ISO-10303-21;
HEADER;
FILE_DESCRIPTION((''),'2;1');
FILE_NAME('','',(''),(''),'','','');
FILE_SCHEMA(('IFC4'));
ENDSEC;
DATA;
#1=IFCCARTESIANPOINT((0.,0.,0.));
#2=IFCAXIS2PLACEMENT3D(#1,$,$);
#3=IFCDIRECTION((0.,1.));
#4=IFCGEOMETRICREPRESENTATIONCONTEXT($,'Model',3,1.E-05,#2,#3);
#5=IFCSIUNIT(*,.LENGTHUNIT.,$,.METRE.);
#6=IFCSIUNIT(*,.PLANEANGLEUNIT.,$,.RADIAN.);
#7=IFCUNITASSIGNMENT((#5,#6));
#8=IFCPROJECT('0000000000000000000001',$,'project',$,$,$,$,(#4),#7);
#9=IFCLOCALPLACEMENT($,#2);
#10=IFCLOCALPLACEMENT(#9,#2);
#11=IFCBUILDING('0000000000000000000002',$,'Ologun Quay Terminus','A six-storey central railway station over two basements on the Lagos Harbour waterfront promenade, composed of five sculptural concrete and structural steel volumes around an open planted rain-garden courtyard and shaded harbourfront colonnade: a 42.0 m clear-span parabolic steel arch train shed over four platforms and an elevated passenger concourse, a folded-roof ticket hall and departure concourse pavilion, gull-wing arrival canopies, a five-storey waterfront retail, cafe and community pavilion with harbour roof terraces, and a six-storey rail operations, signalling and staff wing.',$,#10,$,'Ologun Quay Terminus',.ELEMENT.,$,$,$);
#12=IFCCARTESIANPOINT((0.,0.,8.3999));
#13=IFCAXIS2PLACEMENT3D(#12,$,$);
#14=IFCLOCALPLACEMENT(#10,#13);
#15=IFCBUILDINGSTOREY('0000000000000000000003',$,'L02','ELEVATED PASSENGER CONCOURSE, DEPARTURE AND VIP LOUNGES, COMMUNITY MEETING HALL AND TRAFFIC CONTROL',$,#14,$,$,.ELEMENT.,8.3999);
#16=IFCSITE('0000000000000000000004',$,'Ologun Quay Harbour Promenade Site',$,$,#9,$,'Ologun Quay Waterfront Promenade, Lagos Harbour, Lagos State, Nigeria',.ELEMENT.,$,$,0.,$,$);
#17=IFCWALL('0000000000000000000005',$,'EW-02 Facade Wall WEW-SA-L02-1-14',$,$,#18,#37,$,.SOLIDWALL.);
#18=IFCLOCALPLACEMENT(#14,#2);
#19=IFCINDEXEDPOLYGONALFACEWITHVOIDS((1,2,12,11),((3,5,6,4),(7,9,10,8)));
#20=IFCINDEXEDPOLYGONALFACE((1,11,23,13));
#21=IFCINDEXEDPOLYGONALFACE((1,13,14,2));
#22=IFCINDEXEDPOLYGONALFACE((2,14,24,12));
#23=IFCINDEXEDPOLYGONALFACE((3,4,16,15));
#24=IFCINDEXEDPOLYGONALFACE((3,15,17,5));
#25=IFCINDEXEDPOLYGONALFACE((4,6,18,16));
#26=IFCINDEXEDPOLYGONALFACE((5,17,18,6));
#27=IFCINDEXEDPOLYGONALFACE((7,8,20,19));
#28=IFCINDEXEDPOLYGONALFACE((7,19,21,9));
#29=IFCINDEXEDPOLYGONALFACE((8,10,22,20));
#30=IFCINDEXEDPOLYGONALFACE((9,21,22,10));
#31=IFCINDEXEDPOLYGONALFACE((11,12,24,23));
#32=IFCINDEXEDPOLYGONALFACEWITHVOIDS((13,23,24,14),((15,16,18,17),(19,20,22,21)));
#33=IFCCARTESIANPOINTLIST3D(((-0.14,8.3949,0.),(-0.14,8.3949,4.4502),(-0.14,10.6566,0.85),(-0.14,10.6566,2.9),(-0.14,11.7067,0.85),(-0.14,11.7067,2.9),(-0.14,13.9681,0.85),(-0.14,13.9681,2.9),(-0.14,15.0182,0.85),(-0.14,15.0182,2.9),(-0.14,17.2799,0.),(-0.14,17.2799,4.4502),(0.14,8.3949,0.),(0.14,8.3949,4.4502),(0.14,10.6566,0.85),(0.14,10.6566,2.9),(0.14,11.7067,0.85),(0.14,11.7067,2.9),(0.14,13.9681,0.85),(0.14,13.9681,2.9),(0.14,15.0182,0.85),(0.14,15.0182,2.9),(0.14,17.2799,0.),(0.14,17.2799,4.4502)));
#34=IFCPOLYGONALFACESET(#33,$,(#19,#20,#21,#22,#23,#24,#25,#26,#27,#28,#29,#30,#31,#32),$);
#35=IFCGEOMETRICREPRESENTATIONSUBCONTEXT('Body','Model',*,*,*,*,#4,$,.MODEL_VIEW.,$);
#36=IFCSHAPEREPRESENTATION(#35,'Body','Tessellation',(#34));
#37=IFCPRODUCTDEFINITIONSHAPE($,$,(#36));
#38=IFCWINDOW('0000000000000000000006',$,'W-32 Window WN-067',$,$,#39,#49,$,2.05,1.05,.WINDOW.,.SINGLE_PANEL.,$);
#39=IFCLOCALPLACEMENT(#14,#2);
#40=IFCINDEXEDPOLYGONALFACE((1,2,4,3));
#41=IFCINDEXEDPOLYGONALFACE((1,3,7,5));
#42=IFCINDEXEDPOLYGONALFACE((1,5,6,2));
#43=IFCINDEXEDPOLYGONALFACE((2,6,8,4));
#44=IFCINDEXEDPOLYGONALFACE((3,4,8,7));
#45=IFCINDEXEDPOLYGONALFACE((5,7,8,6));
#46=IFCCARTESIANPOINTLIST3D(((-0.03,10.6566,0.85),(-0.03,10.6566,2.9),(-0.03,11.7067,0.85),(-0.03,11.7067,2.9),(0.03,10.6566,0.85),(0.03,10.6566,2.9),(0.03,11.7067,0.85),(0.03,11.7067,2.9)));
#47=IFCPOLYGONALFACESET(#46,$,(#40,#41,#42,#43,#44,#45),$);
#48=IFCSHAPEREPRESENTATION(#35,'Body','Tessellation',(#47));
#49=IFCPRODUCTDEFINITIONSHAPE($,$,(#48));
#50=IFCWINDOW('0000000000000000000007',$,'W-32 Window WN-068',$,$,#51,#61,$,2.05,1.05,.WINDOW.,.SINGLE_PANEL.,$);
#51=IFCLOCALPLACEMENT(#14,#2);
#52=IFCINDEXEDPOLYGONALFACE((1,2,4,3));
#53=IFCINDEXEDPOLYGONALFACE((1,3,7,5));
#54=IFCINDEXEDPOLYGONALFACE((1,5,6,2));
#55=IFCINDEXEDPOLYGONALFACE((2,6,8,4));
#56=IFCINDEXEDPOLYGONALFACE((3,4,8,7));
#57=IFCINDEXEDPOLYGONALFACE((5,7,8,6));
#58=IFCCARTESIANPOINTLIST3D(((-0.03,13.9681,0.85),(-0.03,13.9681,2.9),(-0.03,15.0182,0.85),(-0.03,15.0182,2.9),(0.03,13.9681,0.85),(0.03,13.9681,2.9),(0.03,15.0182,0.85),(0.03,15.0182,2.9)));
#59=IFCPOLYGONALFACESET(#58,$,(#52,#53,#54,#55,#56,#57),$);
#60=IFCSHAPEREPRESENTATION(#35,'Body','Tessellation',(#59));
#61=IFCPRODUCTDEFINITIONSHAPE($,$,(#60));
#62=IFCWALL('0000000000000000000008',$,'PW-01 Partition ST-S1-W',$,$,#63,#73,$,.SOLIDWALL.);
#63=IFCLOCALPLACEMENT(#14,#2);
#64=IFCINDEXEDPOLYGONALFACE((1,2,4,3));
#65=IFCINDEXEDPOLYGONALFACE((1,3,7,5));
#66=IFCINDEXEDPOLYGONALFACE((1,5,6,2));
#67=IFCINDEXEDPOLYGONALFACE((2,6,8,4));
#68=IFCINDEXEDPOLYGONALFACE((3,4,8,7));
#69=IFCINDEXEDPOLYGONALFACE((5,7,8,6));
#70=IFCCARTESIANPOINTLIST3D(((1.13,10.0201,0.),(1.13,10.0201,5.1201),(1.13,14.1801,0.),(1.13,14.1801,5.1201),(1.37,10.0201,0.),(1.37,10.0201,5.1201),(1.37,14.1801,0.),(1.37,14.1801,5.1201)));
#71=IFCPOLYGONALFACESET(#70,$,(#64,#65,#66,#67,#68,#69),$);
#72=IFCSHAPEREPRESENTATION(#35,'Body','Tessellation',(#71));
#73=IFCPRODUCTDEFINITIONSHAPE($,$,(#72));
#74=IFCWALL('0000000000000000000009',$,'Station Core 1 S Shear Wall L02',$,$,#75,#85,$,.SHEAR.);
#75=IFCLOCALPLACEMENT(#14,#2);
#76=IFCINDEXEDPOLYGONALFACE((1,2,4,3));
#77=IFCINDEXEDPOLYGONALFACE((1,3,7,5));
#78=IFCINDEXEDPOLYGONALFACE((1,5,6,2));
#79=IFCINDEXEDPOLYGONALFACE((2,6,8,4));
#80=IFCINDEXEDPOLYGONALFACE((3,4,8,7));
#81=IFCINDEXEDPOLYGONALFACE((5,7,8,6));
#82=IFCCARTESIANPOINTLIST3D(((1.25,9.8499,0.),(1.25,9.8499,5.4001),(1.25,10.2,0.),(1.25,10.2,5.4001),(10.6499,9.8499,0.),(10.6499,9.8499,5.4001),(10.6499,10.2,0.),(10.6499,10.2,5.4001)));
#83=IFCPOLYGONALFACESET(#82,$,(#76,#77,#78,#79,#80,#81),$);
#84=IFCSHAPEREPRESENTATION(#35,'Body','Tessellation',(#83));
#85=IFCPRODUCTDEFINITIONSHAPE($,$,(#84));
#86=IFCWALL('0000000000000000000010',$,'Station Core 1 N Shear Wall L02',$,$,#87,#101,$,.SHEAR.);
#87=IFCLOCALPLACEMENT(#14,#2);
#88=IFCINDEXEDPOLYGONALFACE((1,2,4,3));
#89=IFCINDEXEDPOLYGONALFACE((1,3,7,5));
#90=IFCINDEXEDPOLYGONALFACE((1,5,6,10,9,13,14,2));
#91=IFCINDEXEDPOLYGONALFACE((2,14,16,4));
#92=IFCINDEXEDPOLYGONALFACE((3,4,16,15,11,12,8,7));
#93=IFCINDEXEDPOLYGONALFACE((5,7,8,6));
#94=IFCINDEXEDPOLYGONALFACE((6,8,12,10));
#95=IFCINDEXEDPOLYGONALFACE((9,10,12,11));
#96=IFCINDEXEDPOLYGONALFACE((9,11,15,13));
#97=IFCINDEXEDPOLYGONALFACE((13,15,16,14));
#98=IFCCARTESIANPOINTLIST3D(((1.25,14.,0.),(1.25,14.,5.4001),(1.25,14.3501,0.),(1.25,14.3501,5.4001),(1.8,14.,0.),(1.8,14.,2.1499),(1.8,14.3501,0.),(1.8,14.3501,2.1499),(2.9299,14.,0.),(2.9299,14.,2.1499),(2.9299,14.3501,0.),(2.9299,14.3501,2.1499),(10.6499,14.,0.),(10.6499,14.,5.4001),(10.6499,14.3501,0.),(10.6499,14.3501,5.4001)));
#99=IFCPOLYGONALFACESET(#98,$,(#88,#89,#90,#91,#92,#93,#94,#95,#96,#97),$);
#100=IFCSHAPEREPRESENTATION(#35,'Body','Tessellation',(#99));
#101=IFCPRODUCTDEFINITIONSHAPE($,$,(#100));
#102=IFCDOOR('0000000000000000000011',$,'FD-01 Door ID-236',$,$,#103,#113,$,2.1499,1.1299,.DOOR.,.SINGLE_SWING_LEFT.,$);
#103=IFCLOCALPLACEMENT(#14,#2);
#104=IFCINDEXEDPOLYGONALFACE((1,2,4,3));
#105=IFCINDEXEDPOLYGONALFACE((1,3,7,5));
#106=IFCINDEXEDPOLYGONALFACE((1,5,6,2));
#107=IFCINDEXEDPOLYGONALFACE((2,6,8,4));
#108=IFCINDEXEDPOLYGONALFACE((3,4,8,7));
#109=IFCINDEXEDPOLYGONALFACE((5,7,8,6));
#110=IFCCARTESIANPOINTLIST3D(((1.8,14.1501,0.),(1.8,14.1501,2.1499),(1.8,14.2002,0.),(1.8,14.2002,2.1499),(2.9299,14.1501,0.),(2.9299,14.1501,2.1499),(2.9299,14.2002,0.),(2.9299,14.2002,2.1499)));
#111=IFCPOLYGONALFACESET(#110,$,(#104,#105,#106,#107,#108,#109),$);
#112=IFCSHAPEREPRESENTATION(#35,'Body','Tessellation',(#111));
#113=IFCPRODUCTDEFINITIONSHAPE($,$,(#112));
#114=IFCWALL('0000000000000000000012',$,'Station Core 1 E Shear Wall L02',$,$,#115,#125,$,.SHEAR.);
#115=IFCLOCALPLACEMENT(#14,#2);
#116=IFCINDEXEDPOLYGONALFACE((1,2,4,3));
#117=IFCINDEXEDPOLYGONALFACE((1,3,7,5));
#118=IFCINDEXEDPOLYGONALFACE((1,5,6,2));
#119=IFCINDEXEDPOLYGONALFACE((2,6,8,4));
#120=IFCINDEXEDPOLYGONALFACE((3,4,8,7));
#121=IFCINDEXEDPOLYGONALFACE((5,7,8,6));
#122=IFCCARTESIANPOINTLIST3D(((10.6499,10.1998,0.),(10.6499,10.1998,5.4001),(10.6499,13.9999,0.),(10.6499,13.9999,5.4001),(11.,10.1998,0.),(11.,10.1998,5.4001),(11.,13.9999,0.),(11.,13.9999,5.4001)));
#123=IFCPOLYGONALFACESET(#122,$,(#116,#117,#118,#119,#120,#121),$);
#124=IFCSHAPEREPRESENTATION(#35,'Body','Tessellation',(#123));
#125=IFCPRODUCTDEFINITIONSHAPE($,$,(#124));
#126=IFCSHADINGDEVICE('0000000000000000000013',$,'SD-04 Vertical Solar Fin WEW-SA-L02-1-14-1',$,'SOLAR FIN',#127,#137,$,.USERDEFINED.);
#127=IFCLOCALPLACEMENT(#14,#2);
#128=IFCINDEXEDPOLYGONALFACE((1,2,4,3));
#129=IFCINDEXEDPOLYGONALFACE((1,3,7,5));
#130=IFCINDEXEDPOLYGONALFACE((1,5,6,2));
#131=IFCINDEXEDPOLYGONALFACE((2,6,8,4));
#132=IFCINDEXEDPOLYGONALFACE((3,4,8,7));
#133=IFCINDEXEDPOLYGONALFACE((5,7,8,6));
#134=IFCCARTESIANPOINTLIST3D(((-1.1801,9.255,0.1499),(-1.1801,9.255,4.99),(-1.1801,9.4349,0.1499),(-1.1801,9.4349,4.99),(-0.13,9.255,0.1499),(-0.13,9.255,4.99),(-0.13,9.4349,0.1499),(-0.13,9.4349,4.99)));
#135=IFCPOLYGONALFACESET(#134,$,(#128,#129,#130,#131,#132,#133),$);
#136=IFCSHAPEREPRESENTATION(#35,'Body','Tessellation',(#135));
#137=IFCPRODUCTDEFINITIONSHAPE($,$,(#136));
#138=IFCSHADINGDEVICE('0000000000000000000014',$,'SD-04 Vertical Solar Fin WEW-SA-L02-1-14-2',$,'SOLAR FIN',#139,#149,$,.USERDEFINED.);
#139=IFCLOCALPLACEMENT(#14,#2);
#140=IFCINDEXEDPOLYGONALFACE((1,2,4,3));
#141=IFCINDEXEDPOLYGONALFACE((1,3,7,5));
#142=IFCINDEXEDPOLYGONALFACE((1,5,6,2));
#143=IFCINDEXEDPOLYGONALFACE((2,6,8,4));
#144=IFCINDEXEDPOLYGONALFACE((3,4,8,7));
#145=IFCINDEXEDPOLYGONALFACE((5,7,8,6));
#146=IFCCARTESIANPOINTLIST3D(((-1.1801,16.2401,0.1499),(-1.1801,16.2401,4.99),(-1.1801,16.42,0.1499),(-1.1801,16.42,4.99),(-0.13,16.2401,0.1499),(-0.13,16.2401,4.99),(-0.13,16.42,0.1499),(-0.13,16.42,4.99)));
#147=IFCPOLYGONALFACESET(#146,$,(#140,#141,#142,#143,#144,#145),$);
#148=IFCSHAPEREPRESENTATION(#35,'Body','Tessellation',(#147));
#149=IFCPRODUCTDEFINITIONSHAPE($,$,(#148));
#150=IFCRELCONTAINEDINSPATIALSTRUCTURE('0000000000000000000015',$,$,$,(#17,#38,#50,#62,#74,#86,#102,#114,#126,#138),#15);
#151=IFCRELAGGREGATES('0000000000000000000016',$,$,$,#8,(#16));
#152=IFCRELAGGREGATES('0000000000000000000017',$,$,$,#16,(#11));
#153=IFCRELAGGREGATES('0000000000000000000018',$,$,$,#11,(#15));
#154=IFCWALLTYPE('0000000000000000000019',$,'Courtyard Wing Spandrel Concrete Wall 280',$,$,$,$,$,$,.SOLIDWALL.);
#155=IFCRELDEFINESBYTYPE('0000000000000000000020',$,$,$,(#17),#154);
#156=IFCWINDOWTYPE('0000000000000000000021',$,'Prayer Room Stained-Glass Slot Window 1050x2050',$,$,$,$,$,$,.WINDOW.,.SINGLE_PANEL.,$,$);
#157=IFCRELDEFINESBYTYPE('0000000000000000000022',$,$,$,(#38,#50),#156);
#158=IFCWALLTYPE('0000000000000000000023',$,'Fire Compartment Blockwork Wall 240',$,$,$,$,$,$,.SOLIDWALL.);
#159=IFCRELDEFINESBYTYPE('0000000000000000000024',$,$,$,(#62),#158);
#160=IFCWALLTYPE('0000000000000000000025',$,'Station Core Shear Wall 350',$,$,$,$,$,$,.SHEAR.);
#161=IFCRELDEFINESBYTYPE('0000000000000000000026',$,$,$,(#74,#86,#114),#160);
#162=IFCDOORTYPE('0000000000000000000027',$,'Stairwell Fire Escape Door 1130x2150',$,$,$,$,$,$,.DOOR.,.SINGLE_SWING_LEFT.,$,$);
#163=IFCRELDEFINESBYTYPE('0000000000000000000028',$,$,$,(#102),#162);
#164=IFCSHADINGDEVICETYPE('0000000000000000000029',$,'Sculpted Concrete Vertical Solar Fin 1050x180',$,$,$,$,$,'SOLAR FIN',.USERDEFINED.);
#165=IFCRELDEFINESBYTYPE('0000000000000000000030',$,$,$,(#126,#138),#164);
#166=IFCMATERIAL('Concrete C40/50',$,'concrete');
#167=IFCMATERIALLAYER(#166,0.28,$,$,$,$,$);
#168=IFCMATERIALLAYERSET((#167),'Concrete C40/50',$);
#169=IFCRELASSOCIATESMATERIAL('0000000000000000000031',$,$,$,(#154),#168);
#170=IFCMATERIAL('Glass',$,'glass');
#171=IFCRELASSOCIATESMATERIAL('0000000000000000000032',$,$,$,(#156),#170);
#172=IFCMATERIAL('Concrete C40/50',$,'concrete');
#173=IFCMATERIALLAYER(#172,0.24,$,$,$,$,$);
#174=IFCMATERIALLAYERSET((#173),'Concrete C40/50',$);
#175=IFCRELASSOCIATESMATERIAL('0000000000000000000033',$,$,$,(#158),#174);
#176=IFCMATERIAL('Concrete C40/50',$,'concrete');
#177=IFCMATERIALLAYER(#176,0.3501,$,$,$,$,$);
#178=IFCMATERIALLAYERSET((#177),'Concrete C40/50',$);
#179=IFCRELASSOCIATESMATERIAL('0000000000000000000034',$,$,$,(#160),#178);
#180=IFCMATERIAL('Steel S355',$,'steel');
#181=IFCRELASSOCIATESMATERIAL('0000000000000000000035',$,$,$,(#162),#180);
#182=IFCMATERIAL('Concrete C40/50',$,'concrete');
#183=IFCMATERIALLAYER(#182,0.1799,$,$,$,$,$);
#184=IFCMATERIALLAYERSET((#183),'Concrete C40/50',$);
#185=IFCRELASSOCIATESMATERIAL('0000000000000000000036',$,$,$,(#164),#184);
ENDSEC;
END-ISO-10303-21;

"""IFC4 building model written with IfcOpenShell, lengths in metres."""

from ifc_helpers import new_model, si_unit, direction, frame, frame_2d, origin, origin_2d, place, context, subcontext, project, spatial, rectangle, extrude, material, layer, layer_set, type_object, element, fill, save


model = new_model("IFC4")

# Units and contexts
model_context = context("Model", 3, precision=1e-05, world=origin(), true_north=direction((0.0, 1.0)))
body_context = subcontext(model_context, "Body", "Model", "MODEL_VIEW")
ifc_project = project(units=[si_unit("LENGTHUNIT", "METRE"), si_unit("PLANEANGLEUNIT", "RADIAN")], contexts=[model_context])

# Site, building, storey
site_placement = place(None, origin())
site = spatial("IfcSite", under=ifc_project, at=site_placement, Name="Ologun Quay Harbour Promenade Site", LongName="Ologun Quay Waterfront Promenade, Lagos Harbour, Lagos State, Nigeria", CompositionType="ELEMENT", RefElevation=0.0)
building_placement = place(site_placement, origin())
building = spatial("IfcBuilding", under=site, at=building_placement, Name="Ologun Quay Terminus", Description="A six-storey central railway station over two basements on the Lagos Harbour waterfront promenade, composed of five sculptural concrete and structural steel volumes around an open planted rain-garden courtyard and shaded harbourfront colonnade: a 42.0 m clear-span parabolic steel arch train shed over four platforms and an elevated passenger concourse, a folded-roof ticket hall and departure concourse pavilion, gull-wing arrival canopies, a five-storey waterfront retail, cafe and community pavilion with harbour roof terraces, and a six-storey rail operations, signalling and staff wing.", LongName="Ologun Quay Terminus", CompositionType="ELEMENT")
storey_placement = place(building_placement, frame((0.0, 0.0, 8.3999)))
storey = spatial("IfcBuildingStorey", under=building, at=storey_placement, Name="L02", Description="ELEVATED PASSENGER CONCOURSE, DEPARTURE AND VIP LOUNGES, COMMUNITY MEETING HALL AND TRAFFIC CONTROL", CompositionType="ELEMENT", Elevation=8.3999)

# Wall, openings, windows
ifc_material_1 = material(Name="Concrete C40/50", Category="concrete")
ifc_layer_1 = layer(ifc_material_1, 0.28)
ifc_layer_set_1 = layer_set([ifc_layer_1], Name="Concrete C40/50")
wall_type_1 = type_object("IfcWallType", Name="Courtyard Wing Spandrel Concrete Wall 280", PredefinedType="SOLIDWALL", material=ifc_layer_set_1)
wall_1_placement = place(storey_placement, frame((0.0, 8.395, 0.0), z_axis=(0.0, 0.0, 1.0), x_axis=(0.0, 1.0, 0.0)))
wall_1 = element("IfcWall", 1, at=wall_1_placement, inside=storey, type_object=wall_type_1, Name="EW-02 Facade Wall WEW-SA-L02-1-14", PredefinedType="SOLIDWALL", context=body_context, shape_type="SweptSolid", body=[
    extrude(rectangle(XDim=8.885, YDim=0.28, at=frame_2d((4.4424, 0.0))), origin(), (0.0, 0.0, 1.0), 4.4502),
])
opening_1_placement = place(wall_1_placement, frame((2.2617, 0.0, 0.8501)))
opening_1 = element("IfcOpeningElement", 2, at=opening_1_placement, cuts=wall_1, PredefinedType="OPENING", context=body_context, shape_type="SweptSolid", body=[
    extrude(rectangle(XDim=1.05, YDim=2.05, at=frame_2d((0.5249, 1.0249))), frame((0.0, 0.1499, 0.0), z_axis=(0.0, -1.0, 0.0), x_axis=(1.0, 0.0, 0.0)), (0.0, 0.0, 1.0), 0.3),
])
opening_2_placement = place(wall_1_placement, frame((5.5732, 0.0, 0.8501)))
opening_2 = element("IfcOpeningElement", 3, at=opening_2_placement, cuts=wall_1, PredefinedType="OPENING", context=body_context, shape_type="SweptSolid", body=[
    extrude(rectangle(XDim=1.05, YDim=2.05, at=frame_2d((0.5249, 1.0249))), frame((0.0, 0.1499, 0.0), z_axis=(0.0, -1.0, 0.0), x_axis=(1.0, 0.0, 0.0)), (0.0, 0.0, 1.0), 0.3),
])
ifc_material_2 = material(Name="Glass", Category="glass")
window_type_1 = type_object("IfcWindowType", Name="Prayer Room Stained-Glass Slot Window 1050x2050", PartitioningType="SINGLE_PANEL", PredefinedType="WINDOW", material=ifc_material_2)
window_1_placement = place(opening_1_placement, origin())
window_1 = element("IfcWindow", 4, at=window_1_placement, inside=storey, type_object=window_type_1, Name="W-32 Window WN-067", OverallHeight=2.05, OverallWidth=1.05, PartitioningType="SINGLE_PANEL", PredefinedType="WINDOW", context=body_context, shape_type="SweptSolid", body=[
    extrude(rectangle(XDim=1.05, YDim=2.05, at=frame_2d((0.5249, 1.0249))), frame((0.0, 0.03, 0.0), z_axis=(0.0, -1.0, 0.0), x_axis=(1.0, 0.0, 0.0)), (0.0, 0.0, 1.0), 0.0601),
])
fill(opening_1, window_1)
window_2_placement = place(opening_2_placement, origin())
window_2 = element("IfcWindow", 5, at=window_2_placement, inside=storey, type_object=window_type_1, Name="W-32 Window WN-068", OverallHeight=2.05, OverallWidth=1.05, PartitioningType="SINGLE_PANEL", PredefinedType="WINDOW", context=body_context, shape_type="SweptSolid", body=[
    extrude(rectangle(XDim=1.05, YDim=2.05, at=frame_2d((0.5249, 1.0249))), frame((0.0, 0.03, 0.0), z_axis=(0.0, -1.0, 0.0), x_axis=(1.0, 0.0, 0.0)), (0.0, 0.0, 1.0), 0.0601),
])
fill(opening_2, window_2)

# Walls
ifc_material_3 = material(Name="Concrete C40/50", Category="concrete")
ifc_layer_2 = layer(ifc_material_3, 0.24)
ifc_layer_set_2 = layer_set([ifc_layer_2], Name="Concrete C40/50")
wall_type_2 = type_object("IfcWallType", Name="Fire Compartment Blockwork Wall 240", PredefinedType="SOLIDWALL", material=ifc_layer_set_2)
wall_2_placement = place(storey_placement, frame((1.25, 10.02, 0.0), z_axis=(0.0, 0.0, 1.0), x_axis=(0.0, 1.0, 0.0)))
element("IfcWall", 6, at=wall_2_placement, inside=storey, type_object=wall_type_2, Name="PW-01 Partition ST-S1-W", PredefinedType="SOLIDWALL", context=body_context, shape_type="SweptSolid", body=[
    extrude(rectangle(XDim=4.1599, YDim=0.24, at=frame_2d((2.0801, 0.0))), origin(), (0.0, 0.0, 1.0), 5.1201),
])
ifc_material_4 = material(Name="Concrete C40/50", Category="concrete")
ifc_layer_3 = layer(ifc_material_4, 0.3501)
ifc_layer_set_3 = layer_set([ifc_layer_3], Name="Concrete C40/50")
wall_type_3 = type_object("IfcWallType", Name="Station Core Shear Wall 350", PredefinedType="SHEAR", material=ifc_layer_set_3)
wall_3_placement = place(storey_placement, frame((1.25, 10.0249, 0.0), z_axis=(0.0, 0.0, 1.0), x_axis=(1.0, 0.0, 0.0)))
element("IfcWall", 7, at=wall_3_placement, inside=storey, type_object=wall_type_3, Name="Station Core 1 S Shear Wall L02", PredefinedType="SHEAR", context=body_context, shape_type="SweptSolid", body=[
    extrude(rectangle(XDim=9.3999, YDim=0.3501, at=frame_2d((4.7, 0.0))), origin(), (0.0, 0.0, 1.0), 5.4001),
])

# Wall, opening, door
wall_4_placement = place(storey_placement, frame((1.25, 14.175, 0.0), z_axis=(0.0, 0.0, 1.0), x_axis=(1.0, 0.0, 0.0)))
wall_4 = element("IfcWall", 8, at=wall_4_placement, inside=storey, type_object=wall_type_3, Name="Station Core 1 N Shear Wall L02", PredefinedType="SHEAR", context=body_context, shape_type="SweptSolid", body=[
    extrude(rectangle(XDim=9.3999, YDim=0.3501, at=frame_2d((4.7, 0.0))), origin(), (0.0, 0.0, 1.0), 5.4001),
])
opening_3_placement = place(wall_4_placement, frame((0.55, 0.0, 0.0)))
opening_3 = element("IfcOpeningElement", 9, at=opening_3_placement, cuts=wall_4, PredefinedType="OPENING", context=body_context, shape_type="SweptSolid", body=[
    extrude(rectangle(XDim=1.1299, YDim=2.1499, at=frame_2d((0.5649, 1.075))), frame((0.0, 0.1851, 0.0), z_axis=(0.0, -1.0, 0.0), x_axis=(1.0, 0.0, 0.0)), (0.0, 0.0, 1.0), 0.3701),
])
ifc_material_5 = material(Name="Steel S355", Category="steel")
door_type = type_object("IfcDoorType", Name="Stairwell Fire Escape Door 1130x2150", OperationType="SINGLE_SWING_LEFT", PredefinedType="DOOR", material=ifc_material_5)
door_placement = place(opening_3_placement, frame((0.5649, 0.0, 0.0), z_axis=(0.0, 0.0, 1.0), x_axis=(-1.0, 0.0, 0.0)))
door = element("IfcDoor", 10, at=door_placement, inside=storey, type_object=door_type, Name="FD-01 Door ID-236", OperationType="SINGLE_SWING_LEFT", OverallHeight=2.1499, OverallWidth=1.1299, PredefinedType="DOOR", context=body_context, shape_type="SweptSolid", body=[
    extrude(rectangle(XDim=1.1299, YDim=2.1499, at=frame_2d((0.0, 1.075))), frame((0.0, 0.0249, 0.0), z_axis=(0.0, -1.0, 0.0), x_axis=(1.0, 0.0, 0.0)), (0.0, 0.0, 1.0), 0.05),
])
fill(opening_3, door)

# Wall
wall_5_placement = place(storey_placement, frame((10.825, 10.2, 0.0), z_axis=(0.0, 0.0, 1.0), x_axis=(0.0, 1.0, 0.0)))
element("IfcWall", 11, at=wall_5_placement, inside=storey, type_object=wall_type_3, Name="Station Core 1 E Shear Wall L02", PredefinedType="SHEAR", context=body_context, shape_type="SweptSolid", body=[
    extrude(rectangle(XDim=3.8, YDim=0.3501, at=frame_2d((1.8999, 0.0))), origin(), (0.0, 0.0, 1.0), 5.4001),
])

# Shading devices
ifc_material_6 = material(Name="Concrete C40/50", Category="concrete")
ifc_layer_4 = layer(ifc_material_6, 0.1799)
ifc_layer_set_4 = layer_set([ifc_layer_4], Name="Concrete C40/50")
shading_device_type = type_object("IfcShadingDeviceType", Name="Sculpted Concrete Vertical Solar Fin 1050x180", ElementType="SOLAR FIN", PredefinedType="USERDEFINED", material=ifc_layer_set_4)
for number, where, z_axis, x_axis, name in (
    (12, (-0.655, 9.345, 0.1499), (0.0, 0.0, 1.0), (1.0, 0.0, 0.0), "SD-04 Vertical Solar Fin WEW-SA-L02-1-14-1"),
    (13, (-0.655, 16.3301, 0.1499), (0.0, 0.0, 1.0), (1.0, 0.0, 0.0), "SD-04 Vertical Solar Fin WEW-SA-L02-1-14-2"),
):
    element("IfcShadingDevice", number, at=place(storey_placement, frame(where, z_axis=z_axis, x_axis=x_axis)), inside=storey, type_object=shading_device_type, Name=name, ObjectType="SOLAR FIN", PredefinedType="USERDEFINED", context=body_context, shape_type="SweptSolid", body=[
        extrude(rectangle(XDim=1.05, YDim=0.1799, at=origin_2d()), origin(), (0.0, 0.0, 1.0), 4.8401),
    ])

save(model, "model.ifc")
